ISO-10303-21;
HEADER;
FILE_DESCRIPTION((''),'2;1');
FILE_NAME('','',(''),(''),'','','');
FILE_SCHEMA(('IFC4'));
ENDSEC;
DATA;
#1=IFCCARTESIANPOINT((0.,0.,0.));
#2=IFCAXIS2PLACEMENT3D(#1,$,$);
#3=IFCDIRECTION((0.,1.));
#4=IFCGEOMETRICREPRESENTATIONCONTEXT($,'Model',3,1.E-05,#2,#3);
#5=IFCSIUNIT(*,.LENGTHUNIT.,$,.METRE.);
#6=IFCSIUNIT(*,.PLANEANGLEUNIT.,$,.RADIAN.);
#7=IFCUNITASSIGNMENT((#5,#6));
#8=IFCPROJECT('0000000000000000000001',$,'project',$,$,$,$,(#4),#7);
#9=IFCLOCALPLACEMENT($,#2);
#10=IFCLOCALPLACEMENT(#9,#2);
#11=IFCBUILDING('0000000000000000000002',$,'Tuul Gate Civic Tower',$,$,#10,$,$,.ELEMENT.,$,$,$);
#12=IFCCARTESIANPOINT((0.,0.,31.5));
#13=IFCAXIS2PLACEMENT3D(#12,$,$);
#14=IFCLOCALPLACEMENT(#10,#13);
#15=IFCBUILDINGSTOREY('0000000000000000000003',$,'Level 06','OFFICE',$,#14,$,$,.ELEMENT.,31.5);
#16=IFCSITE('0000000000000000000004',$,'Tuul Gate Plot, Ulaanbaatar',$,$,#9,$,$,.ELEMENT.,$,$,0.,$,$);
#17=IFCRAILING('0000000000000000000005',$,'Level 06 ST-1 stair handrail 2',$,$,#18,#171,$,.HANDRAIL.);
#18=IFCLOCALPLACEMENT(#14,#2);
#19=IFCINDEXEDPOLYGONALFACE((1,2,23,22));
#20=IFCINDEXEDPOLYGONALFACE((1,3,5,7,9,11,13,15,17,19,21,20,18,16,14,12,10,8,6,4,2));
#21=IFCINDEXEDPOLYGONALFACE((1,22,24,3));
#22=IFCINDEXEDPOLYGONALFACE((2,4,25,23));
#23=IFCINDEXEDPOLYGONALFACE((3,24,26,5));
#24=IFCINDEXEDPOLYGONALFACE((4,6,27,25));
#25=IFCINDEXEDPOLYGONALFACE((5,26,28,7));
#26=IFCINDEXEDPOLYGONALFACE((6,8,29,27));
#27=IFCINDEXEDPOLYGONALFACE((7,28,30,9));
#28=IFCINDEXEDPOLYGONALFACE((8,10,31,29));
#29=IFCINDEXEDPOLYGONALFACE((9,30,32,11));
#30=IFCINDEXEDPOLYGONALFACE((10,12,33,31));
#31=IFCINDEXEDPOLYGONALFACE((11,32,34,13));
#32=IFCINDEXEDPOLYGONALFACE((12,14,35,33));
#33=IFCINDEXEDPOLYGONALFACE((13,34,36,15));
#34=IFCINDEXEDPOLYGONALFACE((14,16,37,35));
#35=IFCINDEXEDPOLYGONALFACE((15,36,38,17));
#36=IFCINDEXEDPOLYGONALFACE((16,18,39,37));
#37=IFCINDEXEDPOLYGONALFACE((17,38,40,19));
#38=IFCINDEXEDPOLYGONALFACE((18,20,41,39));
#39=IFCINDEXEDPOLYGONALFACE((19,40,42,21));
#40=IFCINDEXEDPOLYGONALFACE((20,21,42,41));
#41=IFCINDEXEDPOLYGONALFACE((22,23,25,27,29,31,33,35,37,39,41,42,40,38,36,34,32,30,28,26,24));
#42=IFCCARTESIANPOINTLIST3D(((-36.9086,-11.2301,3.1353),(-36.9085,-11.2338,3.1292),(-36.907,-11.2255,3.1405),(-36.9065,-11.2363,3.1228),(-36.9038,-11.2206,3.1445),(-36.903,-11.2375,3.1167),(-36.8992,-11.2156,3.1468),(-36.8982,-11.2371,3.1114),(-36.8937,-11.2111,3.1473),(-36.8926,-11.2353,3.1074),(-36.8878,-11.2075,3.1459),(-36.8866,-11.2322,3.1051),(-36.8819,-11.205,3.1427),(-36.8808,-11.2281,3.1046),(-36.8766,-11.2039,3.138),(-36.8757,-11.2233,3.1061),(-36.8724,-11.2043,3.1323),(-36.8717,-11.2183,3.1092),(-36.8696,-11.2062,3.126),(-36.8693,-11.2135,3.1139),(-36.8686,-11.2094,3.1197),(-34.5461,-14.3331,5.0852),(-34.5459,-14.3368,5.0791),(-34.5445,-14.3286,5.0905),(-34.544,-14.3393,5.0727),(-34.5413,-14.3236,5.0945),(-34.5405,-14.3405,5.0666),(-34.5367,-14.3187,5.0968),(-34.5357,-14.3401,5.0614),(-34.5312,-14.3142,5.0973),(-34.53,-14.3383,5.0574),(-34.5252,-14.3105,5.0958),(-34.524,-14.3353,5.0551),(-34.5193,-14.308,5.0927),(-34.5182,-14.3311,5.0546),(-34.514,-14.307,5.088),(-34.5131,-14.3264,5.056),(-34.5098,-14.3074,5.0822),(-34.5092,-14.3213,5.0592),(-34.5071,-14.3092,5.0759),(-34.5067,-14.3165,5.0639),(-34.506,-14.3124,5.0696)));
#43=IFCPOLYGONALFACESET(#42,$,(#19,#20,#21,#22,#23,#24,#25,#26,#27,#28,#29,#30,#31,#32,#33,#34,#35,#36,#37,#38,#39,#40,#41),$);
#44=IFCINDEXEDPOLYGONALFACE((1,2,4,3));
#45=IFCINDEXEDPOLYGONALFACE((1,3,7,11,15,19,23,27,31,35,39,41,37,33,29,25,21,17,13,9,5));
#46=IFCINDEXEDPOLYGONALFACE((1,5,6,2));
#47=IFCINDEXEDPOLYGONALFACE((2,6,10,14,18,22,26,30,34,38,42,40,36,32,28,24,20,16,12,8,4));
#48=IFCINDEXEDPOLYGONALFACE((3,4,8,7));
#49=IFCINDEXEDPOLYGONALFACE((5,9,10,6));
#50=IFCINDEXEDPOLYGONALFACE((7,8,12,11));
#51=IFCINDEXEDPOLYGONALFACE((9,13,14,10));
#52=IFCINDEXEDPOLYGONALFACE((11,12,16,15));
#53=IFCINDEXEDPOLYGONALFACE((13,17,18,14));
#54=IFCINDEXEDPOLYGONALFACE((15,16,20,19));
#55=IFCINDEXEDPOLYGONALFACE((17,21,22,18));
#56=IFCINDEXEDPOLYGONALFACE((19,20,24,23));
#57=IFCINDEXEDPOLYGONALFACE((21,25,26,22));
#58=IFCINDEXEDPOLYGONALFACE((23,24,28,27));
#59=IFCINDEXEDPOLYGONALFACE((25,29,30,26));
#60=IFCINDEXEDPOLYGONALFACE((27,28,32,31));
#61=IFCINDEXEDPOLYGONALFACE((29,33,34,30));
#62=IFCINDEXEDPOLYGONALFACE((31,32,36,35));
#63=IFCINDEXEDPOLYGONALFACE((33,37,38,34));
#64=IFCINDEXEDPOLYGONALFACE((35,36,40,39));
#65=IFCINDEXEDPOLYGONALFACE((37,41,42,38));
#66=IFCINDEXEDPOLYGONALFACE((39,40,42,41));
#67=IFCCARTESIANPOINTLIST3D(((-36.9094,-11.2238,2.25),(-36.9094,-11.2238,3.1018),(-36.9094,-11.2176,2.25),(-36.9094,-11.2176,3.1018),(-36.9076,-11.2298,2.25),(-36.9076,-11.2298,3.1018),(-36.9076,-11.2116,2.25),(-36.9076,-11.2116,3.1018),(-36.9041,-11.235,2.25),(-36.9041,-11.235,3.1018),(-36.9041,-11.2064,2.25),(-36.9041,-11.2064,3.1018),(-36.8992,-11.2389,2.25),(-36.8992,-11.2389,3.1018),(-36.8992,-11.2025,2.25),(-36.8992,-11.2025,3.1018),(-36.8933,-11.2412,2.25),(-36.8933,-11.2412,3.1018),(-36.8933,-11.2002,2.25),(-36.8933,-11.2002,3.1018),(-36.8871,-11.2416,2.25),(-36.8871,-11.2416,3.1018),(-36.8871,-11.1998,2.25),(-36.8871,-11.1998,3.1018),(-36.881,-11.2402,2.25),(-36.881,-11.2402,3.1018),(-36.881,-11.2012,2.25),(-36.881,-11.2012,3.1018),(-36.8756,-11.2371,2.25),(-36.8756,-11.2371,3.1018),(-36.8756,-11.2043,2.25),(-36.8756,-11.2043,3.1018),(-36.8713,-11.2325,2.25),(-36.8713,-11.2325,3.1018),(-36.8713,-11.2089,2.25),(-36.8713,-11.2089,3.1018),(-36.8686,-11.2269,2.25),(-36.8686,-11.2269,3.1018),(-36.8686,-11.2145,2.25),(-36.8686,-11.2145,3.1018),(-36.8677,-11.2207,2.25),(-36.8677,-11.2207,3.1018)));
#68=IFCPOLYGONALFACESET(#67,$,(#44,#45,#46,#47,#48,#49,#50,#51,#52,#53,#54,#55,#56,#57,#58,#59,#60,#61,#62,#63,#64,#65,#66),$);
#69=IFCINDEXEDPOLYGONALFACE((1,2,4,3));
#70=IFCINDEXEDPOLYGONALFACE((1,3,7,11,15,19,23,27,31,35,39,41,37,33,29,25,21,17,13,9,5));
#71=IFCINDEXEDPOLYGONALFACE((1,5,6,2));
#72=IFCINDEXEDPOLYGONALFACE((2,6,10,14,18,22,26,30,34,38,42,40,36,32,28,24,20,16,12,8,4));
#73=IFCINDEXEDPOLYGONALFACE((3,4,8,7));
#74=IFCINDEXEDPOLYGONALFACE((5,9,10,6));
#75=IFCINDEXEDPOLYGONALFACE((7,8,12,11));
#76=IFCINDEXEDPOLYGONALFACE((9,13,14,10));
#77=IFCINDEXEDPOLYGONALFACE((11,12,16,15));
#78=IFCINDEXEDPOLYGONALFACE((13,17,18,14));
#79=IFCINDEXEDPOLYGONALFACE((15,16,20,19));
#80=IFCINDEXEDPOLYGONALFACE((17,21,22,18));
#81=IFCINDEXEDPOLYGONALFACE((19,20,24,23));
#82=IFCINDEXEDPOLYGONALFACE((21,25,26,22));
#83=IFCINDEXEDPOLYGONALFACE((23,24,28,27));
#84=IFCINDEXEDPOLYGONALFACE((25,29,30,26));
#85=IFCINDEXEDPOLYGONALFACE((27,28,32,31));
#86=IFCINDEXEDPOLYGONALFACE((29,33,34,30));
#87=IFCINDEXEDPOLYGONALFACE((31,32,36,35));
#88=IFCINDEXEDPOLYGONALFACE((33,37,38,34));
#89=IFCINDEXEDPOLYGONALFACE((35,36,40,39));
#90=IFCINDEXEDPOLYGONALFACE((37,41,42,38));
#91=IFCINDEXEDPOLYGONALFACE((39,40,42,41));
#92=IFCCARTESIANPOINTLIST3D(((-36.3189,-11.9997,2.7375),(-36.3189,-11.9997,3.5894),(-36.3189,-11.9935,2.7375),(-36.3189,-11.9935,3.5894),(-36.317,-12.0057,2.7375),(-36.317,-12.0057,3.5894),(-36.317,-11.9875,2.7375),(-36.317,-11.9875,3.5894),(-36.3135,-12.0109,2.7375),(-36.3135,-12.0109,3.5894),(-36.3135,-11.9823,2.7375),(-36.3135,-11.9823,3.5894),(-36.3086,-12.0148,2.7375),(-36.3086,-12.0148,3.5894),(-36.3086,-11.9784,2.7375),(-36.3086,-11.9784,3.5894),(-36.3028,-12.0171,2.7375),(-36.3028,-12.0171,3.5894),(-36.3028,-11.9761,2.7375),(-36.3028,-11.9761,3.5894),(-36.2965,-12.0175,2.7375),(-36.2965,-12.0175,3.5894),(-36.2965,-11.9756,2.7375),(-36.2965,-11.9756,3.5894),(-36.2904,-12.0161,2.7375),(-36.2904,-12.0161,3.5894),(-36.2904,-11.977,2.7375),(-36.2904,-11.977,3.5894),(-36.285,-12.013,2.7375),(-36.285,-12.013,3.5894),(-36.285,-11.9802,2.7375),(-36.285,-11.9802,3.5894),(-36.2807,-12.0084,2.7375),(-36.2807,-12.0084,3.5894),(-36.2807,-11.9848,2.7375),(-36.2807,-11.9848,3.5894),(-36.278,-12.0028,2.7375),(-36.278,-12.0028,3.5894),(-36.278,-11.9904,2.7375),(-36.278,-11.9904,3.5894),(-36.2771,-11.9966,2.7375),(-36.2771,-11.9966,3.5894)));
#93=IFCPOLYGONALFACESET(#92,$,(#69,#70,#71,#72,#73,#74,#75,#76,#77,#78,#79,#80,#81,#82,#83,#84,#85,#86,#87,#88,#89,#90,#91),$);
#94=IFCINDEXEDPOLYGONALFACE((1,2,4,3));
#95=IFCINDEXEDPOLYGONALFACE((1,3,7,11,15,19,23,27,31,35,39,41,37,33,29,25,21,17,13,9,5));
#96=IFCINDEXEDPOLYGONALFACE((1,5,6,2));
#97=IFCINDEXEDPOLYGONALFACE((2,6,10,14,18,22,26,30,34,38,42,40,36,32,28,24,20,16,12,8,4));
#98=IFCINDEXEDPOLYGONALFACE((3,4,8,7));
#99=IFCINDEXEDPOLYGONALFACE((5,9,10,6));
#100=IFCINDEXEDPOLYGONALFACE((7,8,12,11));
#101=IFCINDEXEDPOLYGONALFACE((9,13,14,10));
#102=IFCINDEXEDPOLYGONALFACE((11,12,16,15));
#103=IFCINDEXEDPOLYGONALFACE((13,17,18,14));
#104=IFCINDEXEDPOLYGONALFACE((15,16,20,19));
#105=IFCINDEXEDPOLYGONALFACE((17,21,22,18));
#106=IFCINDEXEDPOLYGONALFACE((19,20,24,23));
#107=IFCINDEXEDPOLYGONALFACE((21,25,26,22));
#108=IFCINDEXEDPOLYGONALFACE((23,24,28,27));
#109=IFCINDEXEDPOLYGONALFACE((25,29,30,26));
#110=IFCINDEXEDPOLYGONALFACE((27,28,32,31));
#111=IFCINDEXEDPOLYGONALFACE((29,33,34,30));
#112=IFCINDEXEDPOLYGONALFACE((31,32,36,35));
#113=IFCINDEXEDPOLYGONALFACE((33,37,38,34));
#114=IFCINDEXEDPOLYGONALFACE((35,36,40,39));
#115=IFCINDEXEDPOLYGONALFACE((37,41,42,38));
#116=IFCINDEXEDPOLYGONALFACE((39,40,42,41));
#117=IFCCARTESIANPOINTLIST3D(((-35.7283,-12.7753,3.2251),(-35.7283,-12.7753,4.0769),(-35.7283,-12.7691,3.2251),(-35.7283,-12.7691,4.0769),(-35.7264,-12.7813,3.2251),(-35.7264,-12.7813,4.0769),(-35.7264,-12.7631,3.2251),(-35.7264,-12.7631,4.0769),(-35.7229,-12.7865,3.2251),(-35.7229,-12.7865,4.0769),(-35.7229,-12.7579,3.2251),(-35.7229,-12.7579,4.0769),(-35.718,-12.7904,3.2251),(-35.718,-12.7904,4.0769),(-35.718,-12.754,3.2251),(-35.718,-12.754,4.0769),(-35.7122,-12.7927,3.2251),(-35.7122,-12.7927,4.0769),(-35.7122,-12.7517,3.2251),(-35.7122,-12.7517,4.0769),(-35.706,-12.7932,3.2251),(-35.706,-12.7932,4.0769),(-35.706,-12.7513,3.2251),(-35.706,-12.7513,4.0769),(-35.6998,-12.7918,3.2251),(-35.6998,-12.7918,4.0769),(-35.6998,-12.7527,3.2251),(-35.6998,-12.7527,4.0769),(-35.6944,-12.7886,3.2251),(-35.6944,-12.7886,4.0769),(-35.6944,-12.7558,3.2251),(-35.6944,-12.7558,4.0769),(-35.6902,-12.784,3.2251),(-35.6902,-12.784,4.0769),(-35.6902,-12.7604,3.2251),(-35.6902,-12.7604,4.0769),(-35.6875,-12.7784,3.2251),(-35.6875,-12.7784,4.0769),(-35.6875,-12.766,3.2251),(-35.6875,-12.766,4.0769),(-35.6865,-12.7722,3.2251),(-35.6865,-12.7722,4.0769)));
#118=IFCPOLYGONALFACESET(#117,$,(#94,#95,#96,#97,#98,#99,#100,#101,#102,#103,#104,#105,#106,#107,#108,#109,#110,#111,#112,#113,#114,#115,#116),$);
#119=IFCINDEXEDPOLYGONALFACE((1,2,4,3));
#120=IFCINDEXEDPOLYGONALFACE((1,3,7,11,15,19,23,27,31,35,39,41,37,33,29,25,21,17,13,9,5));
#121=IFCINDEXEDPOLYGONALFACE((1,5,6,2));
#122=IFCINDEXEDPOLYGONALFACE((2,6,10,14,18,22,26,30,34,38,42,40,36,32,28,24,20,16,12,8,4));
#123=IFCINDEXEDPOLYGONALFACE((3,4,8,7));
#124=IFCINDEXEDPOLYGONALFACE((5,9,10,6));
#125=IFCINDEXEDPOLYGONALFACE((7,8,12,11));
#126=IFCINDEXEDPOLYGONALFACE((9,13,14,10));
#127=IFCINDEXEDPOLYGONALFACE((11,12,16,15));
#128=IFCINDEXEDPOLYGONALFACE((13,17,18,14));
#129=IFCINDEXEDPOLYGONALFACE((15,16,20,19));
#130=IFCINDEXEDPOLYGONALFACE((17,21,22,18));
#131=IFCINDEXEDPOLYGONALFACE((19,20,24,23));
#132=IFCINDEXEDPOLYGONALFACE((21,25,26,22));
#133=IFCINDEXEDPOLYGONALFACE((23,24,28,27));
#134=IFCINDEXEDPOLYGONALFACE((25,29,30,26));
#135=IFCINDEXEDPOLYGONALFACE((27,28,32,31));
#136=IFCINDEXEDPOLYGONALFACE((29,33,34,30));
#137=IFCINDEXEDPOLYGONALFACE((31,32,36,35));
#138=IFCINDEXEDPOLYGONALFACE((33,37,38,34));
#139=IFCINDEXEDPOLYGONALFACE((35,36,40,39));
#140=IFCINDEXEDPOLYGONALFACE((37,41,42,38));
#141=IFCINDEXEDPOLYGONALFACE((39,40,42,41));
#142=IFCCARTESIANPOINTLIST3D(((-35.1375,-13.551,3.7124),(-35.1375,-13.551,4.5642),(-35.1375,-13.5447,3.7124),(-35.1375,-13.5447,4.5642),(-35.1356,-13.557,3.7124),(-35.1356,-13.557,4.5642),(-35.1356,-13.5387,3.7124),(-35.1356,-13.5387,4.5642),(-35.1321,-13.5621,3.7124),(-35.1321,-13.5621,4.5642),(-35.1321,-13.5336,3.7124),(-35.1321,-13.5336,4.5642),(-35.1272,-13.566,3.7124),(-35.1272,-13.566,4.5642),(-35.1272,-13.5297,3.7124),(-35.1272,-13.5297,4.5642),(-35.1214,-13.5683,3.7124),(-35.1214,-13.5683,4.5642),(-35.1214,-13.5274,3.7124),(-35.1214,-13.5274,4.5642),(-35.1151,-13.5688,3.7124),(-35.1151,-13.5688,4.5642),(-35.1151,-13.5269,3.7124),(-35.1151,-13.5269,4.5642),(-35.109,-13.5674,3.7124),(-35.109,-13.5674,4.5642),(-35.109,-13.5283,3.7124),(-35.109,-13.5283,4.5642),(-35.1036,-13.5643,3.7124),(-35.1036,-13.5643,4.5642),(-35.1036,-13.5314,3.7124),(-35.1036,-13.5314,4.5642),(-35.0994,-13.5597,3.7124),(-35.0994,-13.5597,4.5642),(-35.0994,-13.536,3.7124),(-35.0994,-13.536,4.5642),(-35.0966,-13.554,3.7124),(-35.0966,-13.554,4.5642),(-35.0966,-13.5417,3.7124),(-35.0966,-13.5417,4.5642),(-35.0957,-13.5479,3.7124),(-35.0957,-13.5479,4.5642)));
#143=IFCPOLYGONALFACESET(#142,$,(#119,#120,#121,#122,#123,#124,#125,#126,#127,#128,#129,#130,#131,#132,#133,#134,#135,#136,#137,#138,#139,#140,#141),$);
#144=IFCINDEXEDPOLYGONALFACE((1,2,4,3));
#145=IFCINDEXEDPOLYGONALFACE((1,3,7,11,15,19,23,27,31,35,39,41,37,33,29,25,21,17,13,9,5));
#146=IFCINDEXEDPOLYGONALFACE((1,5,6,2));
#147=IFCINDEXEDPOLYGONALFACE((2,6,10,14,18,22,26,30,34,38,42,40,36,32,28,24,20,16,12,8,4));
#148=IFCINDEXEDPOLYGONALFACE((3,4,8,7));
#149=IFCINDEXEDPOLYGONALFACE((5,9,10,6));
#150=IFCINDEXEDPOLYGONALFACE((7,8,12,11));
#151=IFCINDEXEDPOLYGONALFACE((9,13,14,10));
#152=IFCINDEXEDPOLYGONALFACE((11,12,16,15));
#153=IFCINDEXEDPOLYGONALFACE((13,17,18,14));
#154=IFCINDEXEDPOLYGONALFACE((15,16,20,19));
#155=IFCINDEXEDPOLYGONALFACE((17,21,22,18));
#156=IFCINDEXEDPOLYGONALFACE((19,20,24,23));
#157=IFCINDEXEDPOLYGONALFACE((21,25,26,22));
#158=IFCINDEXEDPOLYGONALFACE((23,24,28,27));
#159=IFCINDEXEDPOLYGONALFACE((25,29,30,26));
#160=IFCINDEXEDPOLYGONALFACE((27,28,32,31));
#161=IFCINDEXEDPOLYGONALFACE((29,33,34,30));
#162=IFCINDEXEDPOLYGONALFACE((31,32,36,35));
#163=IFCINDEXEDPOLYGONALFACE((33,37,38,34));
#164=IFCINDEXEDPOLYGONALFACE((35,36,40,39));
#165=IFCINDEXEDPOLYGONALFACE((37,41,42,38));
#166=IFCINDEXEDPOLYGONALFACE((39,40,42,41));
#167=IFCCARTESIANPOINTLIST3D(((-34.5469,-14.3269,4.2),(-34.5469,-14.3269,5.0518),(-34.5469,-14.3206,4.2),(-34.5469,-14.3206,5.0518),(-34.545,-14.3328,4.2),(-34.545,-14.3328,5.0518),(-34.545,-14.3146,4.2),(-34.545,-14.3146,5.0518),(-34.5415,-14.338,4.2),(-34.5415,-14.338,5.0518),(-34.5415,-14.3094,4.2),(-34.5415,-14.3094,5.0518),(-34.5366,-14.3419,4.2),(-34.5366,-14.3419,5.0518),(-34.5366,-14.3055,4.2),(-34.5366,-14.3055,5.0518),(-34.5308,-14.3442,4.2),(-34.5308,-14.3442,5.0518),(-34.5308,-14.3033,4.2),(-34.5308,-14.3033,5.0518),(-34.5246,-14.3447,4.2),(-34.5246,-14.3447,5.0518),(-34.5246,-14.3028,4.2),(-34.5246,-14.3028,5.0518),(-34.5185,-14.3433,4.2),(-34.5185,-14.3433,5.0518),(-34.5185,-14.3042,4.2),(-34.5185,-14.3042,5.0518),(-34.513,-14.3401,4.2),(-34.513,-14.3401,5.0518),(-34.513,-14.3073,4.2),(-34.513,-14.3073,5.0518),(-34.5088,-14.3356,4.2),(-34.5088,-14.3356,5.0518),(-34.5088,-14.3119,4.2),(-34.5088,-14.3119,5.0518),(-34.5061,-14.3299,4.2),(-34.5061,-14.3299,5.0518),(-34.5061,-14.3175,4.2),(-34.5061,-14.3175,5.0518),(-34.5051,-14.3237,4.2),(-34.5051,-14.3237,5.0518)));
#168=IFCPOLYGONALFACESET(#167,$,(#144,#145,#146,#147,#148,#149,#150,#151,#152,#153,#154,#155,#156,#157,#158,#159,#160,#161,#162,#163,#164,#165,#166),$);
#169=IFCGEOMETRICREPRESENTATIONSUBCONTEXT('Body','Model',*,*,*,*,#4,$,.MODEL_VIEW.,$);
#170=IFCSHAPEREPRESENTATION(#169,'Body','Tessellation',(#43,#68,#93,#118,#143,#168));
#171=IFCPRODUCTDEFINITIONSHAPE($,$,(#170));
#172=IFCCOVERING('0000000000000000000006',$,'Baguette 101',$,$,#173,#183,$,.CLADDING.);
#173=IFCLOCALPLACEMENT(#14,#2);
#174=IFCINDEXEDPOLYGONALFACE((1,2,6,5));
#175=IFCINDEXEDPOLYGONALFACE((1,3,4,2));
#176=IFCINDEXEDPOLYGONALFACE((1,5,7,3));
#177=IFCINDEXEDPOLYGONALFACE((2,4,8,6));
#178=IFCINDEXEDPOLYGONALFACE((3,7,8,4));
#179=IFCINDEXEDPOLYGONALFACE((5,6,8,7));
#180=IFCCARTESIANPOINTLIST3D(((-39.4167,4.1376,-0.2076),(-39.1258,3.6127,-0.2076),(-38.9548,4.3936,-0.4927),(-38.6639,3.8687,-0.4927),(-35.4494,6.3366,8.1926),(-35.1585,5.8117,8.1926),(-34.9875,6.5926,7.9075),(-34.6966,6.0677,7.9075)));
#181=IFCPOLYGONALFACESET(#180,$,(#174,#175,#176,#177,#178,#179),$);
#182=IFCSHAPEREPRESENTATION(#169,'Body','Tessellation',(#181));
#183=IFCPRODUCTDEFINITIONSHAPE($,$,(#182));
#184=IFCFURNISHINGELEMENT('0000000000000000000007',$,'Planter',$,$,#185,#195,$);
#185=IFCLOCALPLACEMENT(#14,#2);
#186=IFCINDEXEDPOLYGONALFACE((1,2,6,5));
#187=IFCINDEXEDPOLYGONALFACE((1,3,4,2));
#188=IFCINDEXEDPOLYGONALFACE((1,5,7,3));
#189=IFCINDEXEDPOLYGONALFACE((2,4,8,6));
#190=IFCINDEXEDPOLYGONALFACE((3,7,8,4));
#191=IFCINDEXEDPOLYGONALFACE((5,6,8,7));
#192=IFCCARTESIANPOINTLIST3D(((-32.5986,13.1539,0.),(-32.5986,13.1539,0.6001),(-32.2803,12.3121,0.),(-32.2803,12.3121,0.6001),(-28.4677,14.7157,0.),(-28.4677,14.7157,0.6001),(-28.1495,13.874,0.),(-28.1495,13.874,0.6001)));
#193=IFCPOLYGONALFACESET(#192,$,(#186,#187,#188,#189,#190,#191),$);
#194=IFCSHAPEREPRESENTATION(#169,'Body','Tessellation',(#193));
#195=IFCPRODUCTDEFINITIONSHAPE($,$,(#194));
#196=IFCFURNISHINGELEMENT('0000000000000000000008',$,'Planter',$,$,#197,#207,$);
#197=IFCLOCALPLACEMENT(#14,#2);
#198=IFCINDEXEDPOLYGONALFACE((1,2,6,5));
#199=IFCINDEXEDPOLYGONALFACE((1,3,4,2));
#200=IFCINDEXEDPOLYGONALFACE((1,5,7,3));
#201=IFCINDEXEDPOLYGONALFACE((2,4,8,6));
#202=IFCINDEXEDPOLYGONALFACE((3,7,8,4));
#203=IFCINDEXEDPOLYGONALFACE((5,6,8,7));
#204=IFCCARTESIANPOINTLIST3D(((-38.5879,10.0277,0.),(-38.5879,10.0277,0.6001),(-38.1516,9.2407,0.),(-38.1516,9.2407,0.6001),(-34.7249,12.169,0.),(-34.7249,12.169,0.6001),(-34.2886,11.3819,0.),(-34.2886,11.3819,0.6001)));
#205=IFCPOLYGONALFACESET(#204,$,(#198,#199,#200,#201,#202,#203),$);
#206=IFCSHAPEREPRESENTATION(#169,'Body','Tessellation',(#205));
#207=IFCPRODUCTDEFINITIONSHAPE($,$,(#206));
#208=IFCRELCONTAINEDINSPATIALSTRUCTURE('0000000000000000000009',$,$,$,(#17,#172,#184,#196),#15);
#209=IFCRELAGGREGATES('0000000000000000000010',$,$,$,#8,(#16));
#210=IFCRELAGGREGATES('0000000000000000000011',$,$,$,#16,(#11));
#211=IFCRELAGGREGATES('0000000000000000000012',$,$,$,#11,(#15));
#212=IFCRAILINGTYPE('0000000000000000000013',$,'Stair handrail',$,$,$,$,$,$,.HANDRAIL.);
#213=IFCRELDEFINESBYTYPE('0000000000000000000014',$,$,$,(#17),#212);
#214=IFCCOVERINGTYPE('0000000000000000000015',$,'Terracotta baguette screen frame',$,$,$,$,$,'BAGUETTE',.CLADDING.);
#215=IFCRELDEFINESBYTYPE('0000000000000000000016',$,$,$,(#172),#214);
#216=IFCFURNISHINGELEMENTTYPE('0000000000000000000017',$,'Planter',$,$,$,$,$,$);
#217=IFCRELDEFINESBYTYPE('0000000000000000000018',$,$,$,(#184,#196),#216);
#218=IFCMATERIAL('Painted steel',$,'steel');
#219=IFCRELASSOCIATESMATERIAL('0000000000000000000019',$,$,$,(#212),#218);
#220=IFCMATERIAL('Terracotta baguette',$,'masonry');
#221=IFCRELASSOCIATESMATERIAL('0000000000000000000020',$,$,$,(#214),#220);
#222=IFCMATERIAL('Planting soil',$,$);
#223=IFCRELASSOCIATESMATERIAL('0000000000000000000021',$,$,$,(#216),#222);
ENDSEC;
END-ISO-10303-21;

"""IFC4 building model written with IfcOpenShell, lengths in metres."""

from ifc_helpers import new_model, si_unit, direction, frame, origin, origin_2d, place, context, subcontext, project, spatial, rectangle, circle, extrude, material, material_profile, profile_set, type_object, element, save


model = new_model("IFC4")

# Units and contexts
model_context = context("Model", 3, precision=1e-05, world=origin(), true_north=direction((0.0, 1.0)))
body_context = subcontext(model_context, "Body", "Model", "MODEL_VIEW")
ifc_project = project(units=[si_unit("LENGTHUNIT", "METRE"), si_unit("PLANEANGLEUNIT", "RADIAN")], contexts=[model_context])

# Site, building, storey
site_placement = place(None, origin())
site = spatial("IfcSite", under=ifc_project, at=site_placement, Name="Tuul Gate Plot, Ulaanbaatar", CompositionType="ELEMENT", RefElevation=0.0)
building_placement = place(site_placement, origin())
building = spatial("IfcBuilding", under=site, at=building_placement, Name="Tuul Gate Civic Tower", CompositionType="ELEMENT")
storey_placement = place(building_placement, frame((0.0, 0.0, 31.5)))
storey = spatial("IfcBuildingStorey", under=building, at=storey_placement, Name="Level 06", Description="OFFICE", CompositionType="ELEMENT", Elevation=31.5)

# Railing
ifc_material_1 = material(Name="Painted steel", Category="steel")
railing_type = type_object("IfcRailingType", Name="Stair handrail", PredefinedType="HANDRAIL", material=ifc_material_1)
railing_placement = place(storey_placement, frame((-36.8887, -11.2207, 2.25)))
element("IfcRailing", 1, at=railing_placement, inside=storey, type_object=railing_type, Name="Level 06 ST-1 stair handrail 2", PredefinedType="HANDRAIL", context=body_context, shape_type="SweptSolid", body=[
    extrude(circle(Radius=0.0239, at=origin_2d()), frame((0.0, 0.0, 0.876), z_axis=(0.541824, -0.711645, 0.4472), x_axis=(0.795637, 0.605773, 0.0)), (0.0, 0.0, 1.0), 4.3604),
    extrude(circle(Radius=0.021, at=origin_2d()), origin(), (0.0, 0.0, 1.0), 0.8518),
    extrude(circle(Radius=0.021, at=origin_2d()), frame((0.5906, -0.7759, 0.4875)), (0.0, 0.0, 1.0), 0.8518),
    extrude(circle(Radius=0.021, at=origin_2d()), frame((1.1812, -1.5515, 0.9751)), (0.0, 0.0, 1.0), 0.8518),
    extrude(circle(Radius=0.021, at=origin_2d()), frame((1.772, -2.3271, 1.4624)), (0.0, 0.0, 1.0), 0.8518),
    extrude(circle(Radius=0.021, at=origin_2d()), frame((2.3625, -3.103, 1.95)), (0.0, 0.0, 1.0), 0.8518),
])

# Covering
ifc_material_2 = material(Name="Terracotta baguette", Category="masonry")
ifc_material_profile_1 = material_profile(ifc_material_2, rectangle(XDim=0.6001, YDim=0.6001, at=origin_2d()), Name="Terracotta baguette screen frame")
ifc_profile_set_1 = profile_set([ifc_material_profile_1], Name="Terracotta baguette")
covering_type = type_object("IfcCoveringType", Name="Terracotta baguette screen frame", ElementType="BAGUETTE", PredefinedType="CLADDING", material=ifc_profile_set_1)
covering_placement = place(storey_placement, frame((-35.073, 6.2021, 8.05), z_axis=(-0.415571, -0.230341, -0.879911), x_axis=(0.484788, -0.874632, 0.0)))
element("IfcCovering", 2, at=covering_placement, inside=storey, type_object=covering_type, Name="Baguette 101", PredefinedType="CLADDING", context=body_context, shape_type="SweptSolid", body=[
    extrude(rectangle(XDim=0.6001, YDim=0.6001, at=origin_2d()), origin(), (0.0, 0.0, 1.0), 9.5466),
])

# Furnishing elements
ifc_material_3 = material(Name="Planting soil")
furnishing_element_type = type_object("IfcFurnishingElementType", Name="Planter", material=ifc_material_3)
furnishing_1_placement = place(storey_placement, frame((-30.374, 13.5139, 0.0), z_axis=(0.0, 0.0, 1.0), x_axis=(-0.935375, -0.353656, 0.0)))
element("IfcFurnishingElement", 3, at=furnishing_1_placement, inside=storey, type_object=furnishing_element_type, Name="Planter", context=body_context, shape_type="SweptSolid", body=[
    extrude(rectangle(XDim=4.4163, YDim=0.8999, at=origin_2d()), origin(), (0.0, 0.0, 1.0), 0.6001),
])
furnishing_2_placement = place(storey_placement, frame((-36.4382, 10.7048, 0.0), z_axis=(0.0, 0.0, 1.0), x_axis=(-0.874623, -0.484803, 0.0)))
element("IfcFurnishingElement", 4, at=furnishing_2_placement, inside=storey, type_object=furnishing_element_type, Name="Planter", context=body_context, shape_type="SweptSolid", body=[
    extrude(rectangle(XDim=4.4167, YDim=0.8999, at=origin_2d()), origin(), (0.0, 0.0, 1.0), 0.6001),
])

save(model, "model.ifc")
